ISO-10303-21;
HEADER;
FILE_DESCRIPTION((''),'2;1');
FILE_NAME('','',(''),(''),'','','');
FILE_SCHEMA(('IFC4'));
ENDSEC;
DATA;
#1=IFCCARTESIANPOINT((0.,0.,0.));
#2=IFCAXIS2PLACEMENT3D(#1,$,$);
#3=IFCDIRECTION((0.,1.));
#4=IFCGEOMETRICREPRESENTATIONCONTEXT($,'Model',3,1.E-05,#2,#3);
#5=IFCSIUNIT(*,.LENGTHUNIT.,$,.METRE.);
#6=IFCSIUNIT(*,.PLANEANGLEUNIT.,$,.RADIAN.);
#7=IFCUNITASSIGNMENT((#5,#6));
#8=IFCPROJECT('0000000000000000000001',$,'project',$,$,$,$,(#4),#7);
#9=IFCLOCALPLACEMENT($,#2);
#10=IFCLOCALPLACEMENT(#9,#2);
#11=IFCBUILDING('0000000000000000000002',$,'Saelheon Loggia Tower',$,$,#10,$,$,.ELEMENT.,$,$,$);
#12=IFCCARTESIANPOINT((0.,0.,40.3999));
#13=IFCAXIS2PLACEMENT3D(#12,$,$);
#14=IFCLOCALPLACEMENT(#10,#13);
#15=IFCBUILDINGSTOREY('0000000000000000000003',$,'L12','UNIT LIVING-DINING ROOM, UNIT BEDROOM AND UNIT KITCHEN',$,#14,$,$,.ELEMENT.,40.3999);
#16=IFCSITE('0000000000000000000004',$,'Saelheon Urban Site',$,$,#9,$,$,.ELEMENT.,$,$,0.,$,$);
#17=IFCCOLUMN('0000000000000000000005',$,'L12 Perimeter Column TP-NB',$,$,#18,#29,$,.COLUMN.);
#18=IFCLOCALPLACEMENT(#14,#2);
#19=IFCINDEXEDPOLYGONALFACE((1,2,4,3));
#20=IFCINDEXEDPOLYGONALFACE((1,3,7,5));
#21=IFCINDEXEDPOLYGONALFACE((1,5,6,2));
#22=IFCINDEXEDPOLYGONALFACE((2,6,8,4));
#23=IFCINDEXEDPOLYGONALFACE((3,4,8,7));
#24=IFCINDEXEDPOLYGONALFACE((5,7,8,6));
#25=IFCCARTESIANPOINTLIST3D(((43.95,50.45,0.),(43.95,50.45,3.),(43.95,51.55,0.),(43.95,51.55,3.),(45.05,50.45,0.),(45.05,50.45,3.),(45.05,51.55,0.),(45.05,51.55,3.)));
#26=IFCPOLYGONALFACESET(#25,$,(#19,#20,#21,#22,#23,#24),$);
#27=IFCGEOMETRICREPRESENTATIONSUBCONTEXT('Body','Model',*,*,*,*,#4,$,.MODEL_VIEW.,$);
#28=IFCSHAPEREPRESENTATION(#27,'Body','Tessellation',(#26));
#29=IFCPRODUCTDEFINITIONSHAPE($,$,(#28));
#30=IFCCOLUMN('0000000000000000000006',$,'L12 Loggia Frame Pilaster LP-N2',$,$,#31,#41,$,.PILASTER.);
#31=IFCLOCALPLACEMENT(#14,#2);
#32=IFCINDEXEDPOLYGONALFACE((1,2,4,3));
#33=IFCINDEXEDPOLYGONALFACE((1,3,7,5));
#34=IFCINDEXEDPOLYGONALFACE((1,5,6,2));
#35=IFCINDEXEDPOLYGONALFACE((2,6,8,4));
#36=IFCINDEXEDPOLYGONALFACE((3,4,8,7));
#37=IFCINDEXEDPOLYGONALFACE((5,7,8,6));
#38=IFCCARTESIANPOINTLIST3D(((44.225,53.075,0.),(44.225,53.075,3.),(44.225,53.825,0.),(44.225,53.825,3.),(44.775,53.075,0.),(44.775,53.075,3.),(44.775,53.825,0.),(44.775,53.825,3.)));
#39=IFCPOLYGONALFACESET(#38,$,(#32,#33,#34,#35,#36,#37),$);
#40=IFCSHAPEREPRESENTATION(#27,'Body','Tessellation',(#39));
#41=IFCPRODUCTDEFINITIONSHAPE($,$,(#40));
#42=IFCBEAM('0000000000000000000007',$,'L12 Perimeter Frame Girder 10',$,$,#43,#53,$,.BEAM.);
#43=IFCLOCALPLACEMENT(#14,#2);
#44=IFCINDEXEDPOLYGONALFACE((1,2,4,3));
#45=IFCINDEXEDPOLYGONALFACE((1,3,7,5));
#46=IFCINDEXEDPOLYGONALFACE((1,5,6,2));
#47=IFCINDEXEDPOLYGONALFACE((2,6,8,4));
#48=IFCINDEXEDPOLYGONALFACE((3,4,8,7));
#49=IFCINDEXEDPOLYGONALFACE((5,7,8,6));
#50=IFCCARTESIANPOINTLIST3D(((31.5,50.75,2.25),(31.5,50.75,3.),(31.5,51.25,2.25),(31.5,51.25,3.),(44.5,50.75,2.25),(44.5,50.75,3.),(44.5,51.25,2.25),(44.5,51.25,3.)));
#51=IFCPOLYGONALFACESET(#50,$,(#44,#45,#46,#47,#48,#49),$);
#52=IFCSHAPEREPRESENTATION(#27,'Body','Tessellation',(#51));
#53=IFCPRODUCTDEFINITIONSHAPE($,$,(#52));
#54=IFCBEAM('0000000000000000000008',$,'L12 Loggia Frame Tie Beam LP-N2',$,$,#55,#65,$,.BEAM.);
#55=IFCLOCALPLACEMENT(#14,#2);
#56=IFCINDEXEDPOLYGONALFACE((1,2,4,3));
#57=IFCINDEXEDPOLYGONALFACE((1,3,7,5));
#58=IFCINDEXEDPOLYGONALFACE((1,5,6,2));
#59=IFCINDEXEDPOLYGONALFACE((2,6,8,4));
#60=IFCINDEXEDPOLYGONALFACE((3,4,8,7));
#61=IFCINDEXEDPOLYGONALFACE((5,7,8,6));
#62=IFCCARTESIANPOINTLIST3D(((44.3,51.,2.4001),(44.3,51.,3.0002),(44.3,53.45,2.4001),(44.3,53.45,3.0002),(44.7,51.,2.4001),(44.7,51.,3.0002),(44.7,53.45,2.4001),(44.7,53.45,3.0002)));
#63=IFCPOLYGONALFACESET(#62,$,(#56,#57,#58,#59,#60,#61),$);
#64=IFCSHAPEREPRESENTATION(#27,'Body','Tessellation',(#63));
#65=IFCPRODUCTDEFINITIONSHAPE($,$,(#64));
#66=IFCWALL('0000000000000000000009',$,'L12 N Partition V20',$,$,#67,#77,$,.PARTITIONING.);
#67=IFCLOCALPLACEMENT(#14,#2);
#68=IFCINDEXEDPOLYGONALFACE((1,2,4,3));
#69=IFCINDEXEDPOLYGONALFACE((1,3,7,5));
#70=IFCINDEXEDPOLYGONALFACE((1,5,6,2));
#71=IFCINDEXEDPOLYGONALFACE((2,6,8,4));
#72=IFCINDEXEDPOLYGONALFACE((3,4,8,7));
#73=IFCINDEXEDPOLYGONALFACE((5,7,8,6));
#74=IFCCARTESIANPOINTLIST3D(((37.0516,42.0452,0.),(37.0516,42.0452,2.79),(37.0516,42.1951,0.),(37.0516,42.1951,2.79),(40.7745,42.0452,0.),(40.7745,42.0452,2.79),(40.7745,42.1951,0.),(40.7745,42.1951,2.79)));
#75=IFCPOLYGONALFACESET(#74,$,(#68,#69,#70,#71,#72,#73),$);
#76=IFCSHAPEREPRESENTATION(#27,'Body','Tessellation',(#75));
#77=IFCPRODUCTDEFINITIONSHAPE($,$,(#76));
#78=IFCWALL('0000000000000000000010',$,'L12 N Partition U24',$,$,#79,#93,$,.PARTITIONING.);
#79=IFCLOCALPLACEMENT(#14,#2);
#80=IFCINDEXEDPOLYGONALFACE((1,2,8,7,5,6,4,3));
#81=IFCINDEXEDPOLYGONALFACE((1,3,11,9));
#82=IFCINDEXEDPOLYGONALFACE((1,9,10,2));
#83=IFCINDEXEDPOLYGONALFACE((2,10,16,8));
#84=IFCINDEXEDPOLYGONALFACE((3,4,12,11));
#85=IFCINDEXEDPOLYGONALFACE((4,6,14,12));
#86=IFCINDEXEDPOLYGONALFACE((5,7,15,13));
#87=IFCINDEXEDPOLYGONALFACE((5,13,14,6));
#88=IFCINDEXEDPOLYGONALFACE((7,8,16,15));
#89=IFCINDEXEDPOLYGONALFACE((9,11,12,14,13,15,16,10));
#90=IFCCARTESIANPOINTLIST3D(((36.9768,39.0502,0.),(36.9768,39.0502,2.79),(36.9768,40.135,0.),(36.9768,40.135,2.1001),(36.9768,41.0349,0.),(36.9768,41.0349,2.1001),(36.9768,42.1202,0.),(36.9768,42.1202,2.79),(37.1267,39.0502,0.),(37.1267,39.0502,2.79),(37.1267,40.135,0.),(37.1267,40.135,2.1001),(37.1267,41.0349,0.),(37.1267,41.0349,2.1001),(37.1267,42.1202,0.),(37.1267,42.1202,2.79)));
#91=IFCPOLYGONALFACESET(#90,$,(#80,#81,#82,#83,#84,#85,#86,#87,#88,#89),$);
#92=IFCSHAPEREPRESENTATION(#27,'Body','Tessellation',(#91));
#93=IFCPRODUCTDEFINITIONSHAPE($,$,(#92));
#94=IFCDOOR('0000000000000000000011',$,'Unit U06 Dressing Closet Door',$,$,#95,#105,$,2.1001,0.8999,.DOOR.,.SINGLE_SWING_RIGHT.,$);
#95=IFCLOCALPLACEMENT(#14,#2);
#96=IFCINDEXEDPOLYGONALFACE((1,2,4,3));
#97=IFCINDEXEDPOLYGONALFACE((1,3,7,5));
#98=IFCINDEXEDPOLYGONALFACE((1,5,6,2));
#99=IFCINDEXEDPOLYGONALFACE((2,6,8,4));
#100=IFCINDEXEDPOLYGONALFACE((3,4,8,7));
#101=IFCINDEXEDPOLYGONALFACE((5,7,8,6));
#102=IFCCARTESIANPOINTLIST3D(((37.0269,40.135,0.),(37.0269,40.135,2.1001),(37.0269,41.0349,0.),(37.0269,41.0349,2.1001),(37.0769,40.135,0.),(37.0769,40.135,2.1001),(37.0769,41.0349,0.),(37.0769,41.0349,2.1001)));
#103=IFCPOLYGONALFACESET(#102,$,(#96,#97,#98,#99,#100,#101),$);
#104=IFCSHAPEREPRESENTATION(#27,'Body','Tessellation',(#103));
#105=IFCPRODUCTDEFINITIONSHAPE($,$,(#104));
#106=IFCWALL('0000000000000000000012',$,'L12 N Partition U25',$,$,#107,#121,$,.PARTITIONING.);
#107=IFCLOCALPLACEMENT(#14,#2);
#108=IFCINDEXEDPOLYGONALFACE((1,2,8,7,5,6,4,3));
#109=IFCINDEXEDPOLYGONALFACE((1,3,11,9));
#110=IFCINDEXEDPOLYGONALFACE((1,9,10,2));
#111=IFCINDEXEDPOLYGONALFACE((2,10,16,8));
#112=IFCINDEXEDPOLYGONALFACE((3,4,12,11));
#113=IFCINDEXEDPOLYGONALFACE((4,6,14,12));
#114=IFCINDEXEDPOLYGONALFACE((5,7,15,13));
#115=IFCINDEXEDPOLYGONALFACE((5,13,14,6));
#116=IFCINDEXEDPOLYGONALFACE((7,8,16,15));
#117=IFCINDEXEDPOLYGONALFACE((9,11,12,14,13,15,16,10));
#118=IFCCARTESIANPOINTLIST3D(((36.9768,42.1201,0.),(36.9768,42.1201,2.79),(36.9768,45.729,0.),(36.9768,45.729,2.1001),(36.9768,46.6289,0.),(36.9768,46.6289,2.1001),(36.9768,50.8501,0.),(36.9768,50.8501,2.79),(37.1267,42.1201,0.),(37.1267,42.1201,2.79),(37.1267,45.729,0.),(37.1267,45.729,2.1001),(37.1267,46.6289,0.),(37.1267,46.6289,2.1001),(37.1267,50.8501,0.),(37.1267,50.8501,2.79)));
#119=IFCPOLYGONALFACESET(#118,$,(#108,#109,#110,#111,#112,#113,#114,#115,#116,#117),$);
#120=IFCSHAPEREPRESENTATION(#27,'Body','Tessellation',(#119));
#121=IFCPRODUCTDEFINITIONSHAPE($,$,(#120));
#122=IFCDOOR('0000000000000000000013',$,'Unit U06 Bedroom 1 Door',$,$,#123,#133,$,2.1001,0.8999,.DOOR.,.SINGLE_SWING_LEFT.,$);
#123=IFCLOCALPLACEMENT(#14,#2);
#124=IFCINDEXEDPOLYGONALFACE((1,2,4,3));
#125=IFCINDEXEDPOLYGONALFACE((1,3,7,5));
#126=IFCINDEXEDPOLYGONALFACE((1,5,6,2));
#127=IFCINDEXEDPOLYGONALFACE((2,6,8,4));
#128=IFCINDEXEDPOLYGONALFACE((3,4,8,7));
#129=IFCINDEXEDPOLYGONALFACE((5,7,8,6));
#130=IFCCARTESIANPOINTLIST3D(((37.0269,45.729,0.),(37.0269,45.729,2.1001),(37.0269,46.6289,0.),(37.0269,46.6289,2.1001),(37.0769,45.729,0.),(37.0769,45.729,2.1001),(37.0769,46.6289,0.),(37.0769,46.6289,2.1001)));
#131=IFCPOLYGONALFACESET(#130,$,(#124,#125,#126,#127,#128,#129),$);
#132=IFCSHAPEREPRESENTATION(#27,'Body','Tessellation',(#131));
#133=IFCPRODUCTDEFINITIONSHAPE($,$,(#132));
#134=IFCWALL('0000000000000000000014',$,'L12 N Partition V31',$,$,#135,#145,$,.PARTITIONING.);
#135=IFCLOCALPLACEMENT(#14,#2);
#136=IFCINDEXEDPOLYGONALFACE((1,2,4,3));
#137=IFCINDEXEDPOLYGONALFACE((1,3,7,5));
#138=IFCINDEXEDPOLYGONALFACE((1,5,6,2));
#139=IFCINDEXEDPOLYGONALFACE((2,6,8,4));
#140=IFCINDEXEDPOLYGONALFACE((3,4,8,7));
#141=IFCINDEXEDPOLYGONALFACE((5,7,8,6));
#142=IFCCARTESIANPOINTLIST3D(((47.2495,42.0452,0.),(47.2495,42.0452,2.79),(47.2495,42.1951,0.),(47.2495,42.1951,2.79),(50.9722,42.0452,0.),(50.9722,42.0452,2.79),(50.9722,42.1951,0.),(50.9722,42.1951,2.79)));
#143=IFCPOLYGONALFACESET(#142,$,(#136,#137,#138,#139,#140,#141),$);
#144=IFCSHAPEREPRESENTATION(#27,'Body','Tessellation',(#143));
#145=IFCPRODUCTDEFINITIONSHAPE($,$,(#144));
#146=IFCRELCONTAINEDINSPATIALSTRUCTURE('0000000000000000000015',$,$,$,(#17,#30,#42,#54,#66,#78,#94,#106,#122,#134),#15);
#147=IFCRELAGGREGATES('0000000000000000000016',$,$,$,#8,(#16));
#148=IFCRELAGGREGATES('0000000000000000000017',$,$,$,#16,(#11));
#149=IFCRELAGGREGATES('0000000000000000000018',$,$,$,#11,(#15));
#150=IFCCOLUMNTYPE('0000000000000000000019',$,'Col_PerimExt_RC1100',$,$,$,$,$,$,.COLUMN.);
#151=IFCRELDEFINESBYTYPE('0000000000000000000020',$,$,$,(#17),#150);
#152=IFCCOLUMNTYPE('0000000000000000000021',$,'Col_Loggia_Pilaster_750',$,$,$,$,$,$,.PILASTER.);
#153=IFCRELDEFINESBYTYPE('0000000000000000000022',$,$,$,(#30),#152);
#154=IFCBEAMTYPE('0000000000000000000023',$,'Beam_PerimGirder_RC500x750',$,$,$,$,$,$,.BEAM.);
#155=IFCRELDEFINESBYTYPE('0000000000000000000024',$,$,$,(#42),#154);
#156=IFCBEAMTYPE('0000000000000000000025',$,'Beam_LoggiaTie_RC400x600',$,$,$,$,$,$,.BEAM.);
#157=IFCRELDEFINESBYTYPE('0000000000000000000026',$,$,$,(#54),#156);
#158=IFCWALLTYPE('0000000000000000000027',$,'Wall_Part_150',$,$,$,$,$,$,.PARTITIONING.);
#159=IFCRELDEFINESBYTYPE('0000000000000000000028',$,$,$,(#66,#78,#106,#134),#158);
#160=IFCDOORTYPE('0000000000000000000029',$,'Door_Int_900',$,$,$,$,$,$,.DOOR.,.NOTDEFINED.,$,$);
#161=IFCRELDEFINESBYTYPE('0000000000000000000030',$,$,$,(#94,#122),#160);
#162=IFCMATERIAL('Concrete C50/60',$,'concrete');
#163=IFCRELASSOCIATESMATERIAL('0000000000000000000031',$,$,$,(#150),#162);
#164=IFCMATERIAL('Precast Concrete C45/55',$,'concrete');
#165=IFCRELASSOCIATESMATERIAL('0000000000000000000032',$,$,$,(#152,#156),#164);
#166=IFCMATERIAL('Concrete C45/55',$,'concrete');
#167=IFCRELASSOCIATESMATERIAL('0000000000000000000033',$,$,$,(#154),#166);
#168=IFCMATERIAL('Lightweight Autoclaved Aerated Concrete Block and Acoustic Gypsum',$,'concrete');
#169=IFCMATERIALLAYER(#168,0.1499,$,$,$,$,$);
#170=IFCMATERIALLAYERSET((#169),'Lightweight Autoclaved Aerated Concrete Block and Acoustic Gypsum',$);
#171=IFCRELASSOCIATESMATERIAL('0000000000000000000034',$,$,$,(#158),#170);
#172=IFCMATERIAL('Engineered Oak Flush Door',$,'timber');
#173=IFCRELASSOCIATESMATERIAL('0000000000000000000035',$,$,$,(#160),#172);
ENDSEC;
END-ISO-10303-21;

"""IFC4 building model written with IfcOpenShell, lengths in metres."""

from ifc_helpers import new_model, si_unit, direction, frame, frame_2d, origin, origin_2d, place, context, subcontext, project, spatial, rectangle, extrude, source, transform, mapped, material, layer, layer_set, material_profile, profile_set, type_object, element, fill, save


model = new_model("IFC4")

# Units and contexts
model_context = context("Model", 3, precision=1e-05, world=origin(), true_north=direction((0.0, 1.0)))
body_context = subcontext(model_context, "Body", "Model", "MODEL_VIEW")
ifc_project = project(units=[si_unit("LENGTHUNIT", "METRE"), si_unit("PLANEANGLEUNIT", "RADIAN")], contexts=[model_context])

# Site, building, storey
site_placement = place(None, origin())
site = spatial("IfcSite", under=ifc_project, at=site_placement, Name="Saelheon Urban Site", CompositionType="ELEMENT", RefElevation=0.0)
building_placement = place(site_placement, origin())
building = spatial("IfcBuilding", under=site, at=building_placement, Name="Saelheon Loggia Tower", CompositionType="ELEMENT")
storey_placement = place(building_placement, frame((0.0, 0.0, 40.3999)))
storey = spatial("IfcBuildingStorey", under=building, at=storey_placement, Name="L12", Description="UNIT LIVING-DINING ROOM, UNIT BEDROOM AND UNIT KITCHEN", CompositionType="ELEMENT", Elevation=40.3999)

# Columns
ifc_material_1 = material(Name="Concrete C50/60", Category="concrete")
ifc_material_profile_1 = material_profile(ifc_material_1, rectangle(XDim=1.1001, YDim=1.1001, at=origin_2d()), Name="RC-1100x1100")
ifc_profile_set_1 = profile_set([ifc_material_profile_1], Name="Concrete C50/60")
column_type_1 = type_object("IfcColumnType", Name="Col_PerimExt_RC1100", PredefinedType="COLUMN", material=ifc_profile_set_1)
shared_shape_1 = source(origin(), body_context, "Body", "SweptSolid", [
    extrude(rectangle(XDim=1.1001, YDim=1.1001, at=origin_2d()), origin(), (0.0, 0.0, 1.0), 3.0),
])
column_1_placement = place(storey_placement, frame((44.5, 51.0, 0.0), z_axis=(0.0, 0.0, 1.0), x_axis=(1.0, 0.0, 0.0)))
element("IfcColumn", 1, at=column_1_placement, inside=storey, type_object=column_type_1, Name="L12 Perimeter Column TP-NB", PredefinedType="COLUMN", context=body_context, shape_type="MappedRepresentation", body=[
    mapped(shared_shape_1, transform((0.0, 0.0, 0.0), scale=1.0)),
])
ifc_material_2 = material(Name="Precast Concrete C45/55", Category="concrete")
ifc_material_profile_2 = material_profile(ifc_material_2, rectangle(XDim=0.55, YDim=0.75, at=origin_2d()), Name="RC-550x750")
ifc_profile_set_2 = profile_set([ifc_material_profile_2], Name="Precast Concrete C45/55")
column_type_2 = type_object("IfcColumnType", Name="Col_Loggia_Pilaster_750", PredefinedType="PILASTER", material=ifc_profile_set_2)
shared_shape_2 = source(origin(), body_context, "Body", "SweptSolid", [
    extrude(rectangle(XDim=0.55, YDim=0.75, at=origin_2d()), origin(), (0.0, 0.0, 1.0), 3.0),
])
column_2_placement = place(storey_placement, frame((44.5, 53.45, 0.0), z_axis=(0.0, 0.0, 1.0), x_axis=(1.0, 0.0, 0.0)))
element("IfcColumn", 2, at=column_2_placement, inside=storey, type_object=column_type_2, Name="L12 Loggia Frame Pilaster LP-N2", PredefinedType="PILASTER", context=body_context, shape_type="MappedRepresentation", body=[
    mapped(shared_shape_2, transform((0.0, 0.0, 0.0), scale=1.0)),
])

# Beams
ifc_material_3 = material(Name="Concrete C45/55", Category="concrete")
ifc_material_profile_3 = material_profile(ifc_material_3, rectangle(XDim=0.5, YDim=0.75, at=origin_2d()), Name="RC-500x750")
ifc_profile_set_3 = profile_set([ifc_material_profile_3], Name="Concrete C45/55")
beam_type_1 = type_object("IfcBeamType", Name="Beam_PerimGirder_RC500x750", PredefinedType="BEAM", material=ifc_profile_set_3)
shared_shape_3 = source(origin(), body_context, "Body", "SweptSolid", [
    extrude(rectangle(XDim=0.5, YDim=0.75, at=origin_2d()), origin(), (0.0, 0.0, 1.0), 13.0),
])
beam_1_placement = place(storey_placement, frame((44.5, 51.0, 2.625), z_axis=(-1.0, 0.0, 0.0), x_axis=(0.0, -1.0, 0.0)))
element("IfcBeam", 3, at=beam_1_placement, inside=storey, type_object=beam_type_1, Name="L12 Perimeter Frame Girder 10", PredefinedType="BEAM", context=body_context, shape_type="MappedRepresentation", body=[
    mapped(shared_shape_3, transform((0.0, 0.0, 0.0), scale=1.0)),
])
ifc_material_profile_4 = material_profile(ifc_material_2, rectangle(XDim=0.3999, YDim=0.6001, at=origin_2d()), Name="RC-400x600")
ifc_profile_set_4 = profile_set([ifc_material_profile_4], Name="Precast Concrete C45/55")
beam_type_2 = type_object("IfcBeamType", Name="Beam_LoggiaTie_RC400x600", PredefinedType="BEAM", material=ifc_profile_set_4)
shared_shape_4 = source(origin(), body_context, "Body", "SweptSolid", [
    extrude(rectangle(XDim=0.3999, YDim=0.6001, at=origin_2d()), origin(), (0.0, 0.0, 1.0), 2.45),
])
beam_2_placement = place(storey_placement, frame((44.5, 51.0, 2.7002), z_axis=(0.0, 1.0, 0.0), x_axis=(-1.0, 0.0, 0.0)))
element("IfcBeam", 4, at=beam_2_placement, inside=storey, type_object=beam_type_2, Name="L12 Loggia Frame Tie Beam LP-N2", PredefinedType="BEAM", context=body_context, shape_type="MappedRepresentation", body=[
    mapped(shared_shape_4, transform((0.0, 0.0, 0.0), scale=1.0)),
])

# Wall
ifc_material_4 = material(Name="Lightweight Autoclaved Aerated Concrete Block and Acoustic Gypsum", Category="concrete")
ifc_layer_1 = layer(ifc_material_4, 0.1499)
ifc_layer_set_1 = layer_set([ifc_layer_1], Name="Lightweight Autoclaved Aerated Concrete Block and Acoustic Gypsum")
wall_type_1 = type_object("IfcWallType", Name="Wall_Part_150", PredefinedType="PARTITIONING", material=ifc_layer_set_1)
wall_1_placement = place(storey_placement, frame((37.0518, 42.1201, 0.0), z_axis=(0.0, 0.0, 1.0), x_axis=(1.0, 0.0, 0.0)))
element("IfcWall", 5, at=wall_1_placement, inside=storey, type_object=wall_type_1, Name="L12 N Partition V20", PredefinedType="PARTITIONING", context=body_context, shape_type="SweptSolid", body=[
    extrude(rectangle(XDim=3.7229, YDim=0.1499, at=frame_2d((1.8613, 0.0))), origin(), (0.0, 0.0, 1.0), 2.79),
])

# Walls, openings, doors
wall_2_placement = place(storey_placement, frame((37.0518, 39.05, 0.0), z_axis=(0.0, 0.0, 1.0), x_axis=(0.0, 1.0, 0.0)))
wall_2 = element("IfcWall", 6, at=wall_2_placement, inside=storey, type_object=wall_type_1, Name="L12 N Partition U24", PredefinedType="PARTITIONING", context=body_context, shape_type="SweptSolid", body=[
    extrude(rectangle(XDim=3.0701, YDim=0.1499, at=frame_2d((1.5352, 0.0))), origin(), (0.0, 0.0, 1.0), 2.79),
])
opening_1_placement = place(wall_2_placement, frame((1.085, 0.0, 0.0)))
opening_1 = element("IfcOpeningElement", 7, at=opening_1_placement, cuts=wall_2, PredefinedType="OPENING", context=body_context, shape_type="SweptSolid", body=[
    extrude(rectangle(XDim=0.8999, YDim=2.1001, at=frame_2d((0.45, 1.05))), frame((0.0, 0.0869, 0.0), z_axis=(0.0, -1.0, 0.0), x_axis=(1.0, 0.0, 0.0)), (0.0, 0.0, 1.0), 0.1738),
])
ifc_material_5 = material(Name="Engineered Oak Flush Door", Category="timber")
door_type_1 = type_object("IfcDoorType", Name="Door_Int_900", OperationType="NOTDEFINED", PredefinedType="DOOR", material=ifc_material_5)
shared_shape_5 = source(origin(), body_context, "Body", "SweptSolid", [
    extrude(rectangle(XDim=0.8999, YDim=2.1001, at=frame_2d((0.45, 1.05))), frame((0.0, 0.0249, 0.0), z_axis=(0.0, -1.0, 0.0), x_axis=(1.0, 0.0, 0.0)), (0.0, 0.0, 1.0), 0.05),
])
door_1_placement = place(opening_1_placement, origin())
door_1 = element("IfcDoor", 8, at=door_1_placement, inside=storey, type_object=door_type_1, Name="Unit U06 Dressing Closet Door", OperationType="SINGLE_SWING_RIGHT", OverallHeight=2.1001, OverallWidth=0.8999, PredefinedType="DOOR", context=body_context, shape_type="MappedRepresentation", body=[
    mapped(shared_shape_5, transform((0.0, 0.0, 0.0), scale=1.0)),
])
fill(opening_1, door_1)
wall_3_placement = place(storey_placement, frame((37.0518, 42.1201, 0.0), z_axis=(0.0, 0.0, 1.0), x_axis=(0.0, 1.0, 0.0)))
wall_3 = element("IfcWall", 9, at=wall_3_placement, inside=storey, type_object=wall_type_1, Name="L12 N Partition U25", PredefinedType="PARTITIONING", context=body_context, shape_type="SweptSolid", body=[
    extrude(rectangle(XDim=8.73, YDim=0.1499, at=frame_2d((4.365, 0.0))), origin(), (0.0, 0.0, 1.0), 2.79),
])
opening_2_placement = place(wall_3_placement, frame((3.6089, 0.0, 0.0)))
opening_2 = element("IfcOpeningElement", 10, at=opening_2_placement, cuts=wall_3, PredefinedType="OPENING", context=body_context, shape_type="SweptSolid", body=[
    extrude(rectangle(XDim=0.8999, YDim=2.1001, at=frame_2d((0.45, 1.05))), frame((0.0, 0.0869, 0.0), z_axis=(0.0, -1.0, 0.0), x_axis=(1.0, 0.0, 0.0)), (0.0, 0.0, 1.0), 0.1738),
])
door_2_placement = place(opening_2_placement, origin())
door_2 = element("IfcDoor", 11, at=door_2_placement, inside=storey, type_object=door_type_1, Name="Unit U06 Bedroom 1 Door", OperationType="SINGLE_SWING_LEFT", OverallHeight=2.1001, OverallWidth=0.8999, PredefinedType="DOOR", context=body_context, shape_type="MappedRepresentation", body=[
    mapped(shared_shape_5, transform((0.0, 0.0, 0.0), scale=1.0)),
])
fill(opening_2, door_2)

# Wall
wall_4_placement = place(storey_placement, frame((47.2495, 42.1201, 0.0), z_axis=(0.0, 0.0, 1.0), x_axis=(1.0, 0.0, 0.0)))
element("IfcWall", 12, at=wall_4_placement, inside=storey, type_object=wall_type_1, Name="L12 N Partition V31", PredefinedType="PARTITIONING", context=body_context, shape_type="SweptSolid", body=[
    extrude(rectangle(XDim=3.7227, YDim=0.1499, at=frame_2d((1.8613, 0.0))), origin(), (0.0, 0.0, 1.0), 2.79),
])

save(model, "model.ifc")
